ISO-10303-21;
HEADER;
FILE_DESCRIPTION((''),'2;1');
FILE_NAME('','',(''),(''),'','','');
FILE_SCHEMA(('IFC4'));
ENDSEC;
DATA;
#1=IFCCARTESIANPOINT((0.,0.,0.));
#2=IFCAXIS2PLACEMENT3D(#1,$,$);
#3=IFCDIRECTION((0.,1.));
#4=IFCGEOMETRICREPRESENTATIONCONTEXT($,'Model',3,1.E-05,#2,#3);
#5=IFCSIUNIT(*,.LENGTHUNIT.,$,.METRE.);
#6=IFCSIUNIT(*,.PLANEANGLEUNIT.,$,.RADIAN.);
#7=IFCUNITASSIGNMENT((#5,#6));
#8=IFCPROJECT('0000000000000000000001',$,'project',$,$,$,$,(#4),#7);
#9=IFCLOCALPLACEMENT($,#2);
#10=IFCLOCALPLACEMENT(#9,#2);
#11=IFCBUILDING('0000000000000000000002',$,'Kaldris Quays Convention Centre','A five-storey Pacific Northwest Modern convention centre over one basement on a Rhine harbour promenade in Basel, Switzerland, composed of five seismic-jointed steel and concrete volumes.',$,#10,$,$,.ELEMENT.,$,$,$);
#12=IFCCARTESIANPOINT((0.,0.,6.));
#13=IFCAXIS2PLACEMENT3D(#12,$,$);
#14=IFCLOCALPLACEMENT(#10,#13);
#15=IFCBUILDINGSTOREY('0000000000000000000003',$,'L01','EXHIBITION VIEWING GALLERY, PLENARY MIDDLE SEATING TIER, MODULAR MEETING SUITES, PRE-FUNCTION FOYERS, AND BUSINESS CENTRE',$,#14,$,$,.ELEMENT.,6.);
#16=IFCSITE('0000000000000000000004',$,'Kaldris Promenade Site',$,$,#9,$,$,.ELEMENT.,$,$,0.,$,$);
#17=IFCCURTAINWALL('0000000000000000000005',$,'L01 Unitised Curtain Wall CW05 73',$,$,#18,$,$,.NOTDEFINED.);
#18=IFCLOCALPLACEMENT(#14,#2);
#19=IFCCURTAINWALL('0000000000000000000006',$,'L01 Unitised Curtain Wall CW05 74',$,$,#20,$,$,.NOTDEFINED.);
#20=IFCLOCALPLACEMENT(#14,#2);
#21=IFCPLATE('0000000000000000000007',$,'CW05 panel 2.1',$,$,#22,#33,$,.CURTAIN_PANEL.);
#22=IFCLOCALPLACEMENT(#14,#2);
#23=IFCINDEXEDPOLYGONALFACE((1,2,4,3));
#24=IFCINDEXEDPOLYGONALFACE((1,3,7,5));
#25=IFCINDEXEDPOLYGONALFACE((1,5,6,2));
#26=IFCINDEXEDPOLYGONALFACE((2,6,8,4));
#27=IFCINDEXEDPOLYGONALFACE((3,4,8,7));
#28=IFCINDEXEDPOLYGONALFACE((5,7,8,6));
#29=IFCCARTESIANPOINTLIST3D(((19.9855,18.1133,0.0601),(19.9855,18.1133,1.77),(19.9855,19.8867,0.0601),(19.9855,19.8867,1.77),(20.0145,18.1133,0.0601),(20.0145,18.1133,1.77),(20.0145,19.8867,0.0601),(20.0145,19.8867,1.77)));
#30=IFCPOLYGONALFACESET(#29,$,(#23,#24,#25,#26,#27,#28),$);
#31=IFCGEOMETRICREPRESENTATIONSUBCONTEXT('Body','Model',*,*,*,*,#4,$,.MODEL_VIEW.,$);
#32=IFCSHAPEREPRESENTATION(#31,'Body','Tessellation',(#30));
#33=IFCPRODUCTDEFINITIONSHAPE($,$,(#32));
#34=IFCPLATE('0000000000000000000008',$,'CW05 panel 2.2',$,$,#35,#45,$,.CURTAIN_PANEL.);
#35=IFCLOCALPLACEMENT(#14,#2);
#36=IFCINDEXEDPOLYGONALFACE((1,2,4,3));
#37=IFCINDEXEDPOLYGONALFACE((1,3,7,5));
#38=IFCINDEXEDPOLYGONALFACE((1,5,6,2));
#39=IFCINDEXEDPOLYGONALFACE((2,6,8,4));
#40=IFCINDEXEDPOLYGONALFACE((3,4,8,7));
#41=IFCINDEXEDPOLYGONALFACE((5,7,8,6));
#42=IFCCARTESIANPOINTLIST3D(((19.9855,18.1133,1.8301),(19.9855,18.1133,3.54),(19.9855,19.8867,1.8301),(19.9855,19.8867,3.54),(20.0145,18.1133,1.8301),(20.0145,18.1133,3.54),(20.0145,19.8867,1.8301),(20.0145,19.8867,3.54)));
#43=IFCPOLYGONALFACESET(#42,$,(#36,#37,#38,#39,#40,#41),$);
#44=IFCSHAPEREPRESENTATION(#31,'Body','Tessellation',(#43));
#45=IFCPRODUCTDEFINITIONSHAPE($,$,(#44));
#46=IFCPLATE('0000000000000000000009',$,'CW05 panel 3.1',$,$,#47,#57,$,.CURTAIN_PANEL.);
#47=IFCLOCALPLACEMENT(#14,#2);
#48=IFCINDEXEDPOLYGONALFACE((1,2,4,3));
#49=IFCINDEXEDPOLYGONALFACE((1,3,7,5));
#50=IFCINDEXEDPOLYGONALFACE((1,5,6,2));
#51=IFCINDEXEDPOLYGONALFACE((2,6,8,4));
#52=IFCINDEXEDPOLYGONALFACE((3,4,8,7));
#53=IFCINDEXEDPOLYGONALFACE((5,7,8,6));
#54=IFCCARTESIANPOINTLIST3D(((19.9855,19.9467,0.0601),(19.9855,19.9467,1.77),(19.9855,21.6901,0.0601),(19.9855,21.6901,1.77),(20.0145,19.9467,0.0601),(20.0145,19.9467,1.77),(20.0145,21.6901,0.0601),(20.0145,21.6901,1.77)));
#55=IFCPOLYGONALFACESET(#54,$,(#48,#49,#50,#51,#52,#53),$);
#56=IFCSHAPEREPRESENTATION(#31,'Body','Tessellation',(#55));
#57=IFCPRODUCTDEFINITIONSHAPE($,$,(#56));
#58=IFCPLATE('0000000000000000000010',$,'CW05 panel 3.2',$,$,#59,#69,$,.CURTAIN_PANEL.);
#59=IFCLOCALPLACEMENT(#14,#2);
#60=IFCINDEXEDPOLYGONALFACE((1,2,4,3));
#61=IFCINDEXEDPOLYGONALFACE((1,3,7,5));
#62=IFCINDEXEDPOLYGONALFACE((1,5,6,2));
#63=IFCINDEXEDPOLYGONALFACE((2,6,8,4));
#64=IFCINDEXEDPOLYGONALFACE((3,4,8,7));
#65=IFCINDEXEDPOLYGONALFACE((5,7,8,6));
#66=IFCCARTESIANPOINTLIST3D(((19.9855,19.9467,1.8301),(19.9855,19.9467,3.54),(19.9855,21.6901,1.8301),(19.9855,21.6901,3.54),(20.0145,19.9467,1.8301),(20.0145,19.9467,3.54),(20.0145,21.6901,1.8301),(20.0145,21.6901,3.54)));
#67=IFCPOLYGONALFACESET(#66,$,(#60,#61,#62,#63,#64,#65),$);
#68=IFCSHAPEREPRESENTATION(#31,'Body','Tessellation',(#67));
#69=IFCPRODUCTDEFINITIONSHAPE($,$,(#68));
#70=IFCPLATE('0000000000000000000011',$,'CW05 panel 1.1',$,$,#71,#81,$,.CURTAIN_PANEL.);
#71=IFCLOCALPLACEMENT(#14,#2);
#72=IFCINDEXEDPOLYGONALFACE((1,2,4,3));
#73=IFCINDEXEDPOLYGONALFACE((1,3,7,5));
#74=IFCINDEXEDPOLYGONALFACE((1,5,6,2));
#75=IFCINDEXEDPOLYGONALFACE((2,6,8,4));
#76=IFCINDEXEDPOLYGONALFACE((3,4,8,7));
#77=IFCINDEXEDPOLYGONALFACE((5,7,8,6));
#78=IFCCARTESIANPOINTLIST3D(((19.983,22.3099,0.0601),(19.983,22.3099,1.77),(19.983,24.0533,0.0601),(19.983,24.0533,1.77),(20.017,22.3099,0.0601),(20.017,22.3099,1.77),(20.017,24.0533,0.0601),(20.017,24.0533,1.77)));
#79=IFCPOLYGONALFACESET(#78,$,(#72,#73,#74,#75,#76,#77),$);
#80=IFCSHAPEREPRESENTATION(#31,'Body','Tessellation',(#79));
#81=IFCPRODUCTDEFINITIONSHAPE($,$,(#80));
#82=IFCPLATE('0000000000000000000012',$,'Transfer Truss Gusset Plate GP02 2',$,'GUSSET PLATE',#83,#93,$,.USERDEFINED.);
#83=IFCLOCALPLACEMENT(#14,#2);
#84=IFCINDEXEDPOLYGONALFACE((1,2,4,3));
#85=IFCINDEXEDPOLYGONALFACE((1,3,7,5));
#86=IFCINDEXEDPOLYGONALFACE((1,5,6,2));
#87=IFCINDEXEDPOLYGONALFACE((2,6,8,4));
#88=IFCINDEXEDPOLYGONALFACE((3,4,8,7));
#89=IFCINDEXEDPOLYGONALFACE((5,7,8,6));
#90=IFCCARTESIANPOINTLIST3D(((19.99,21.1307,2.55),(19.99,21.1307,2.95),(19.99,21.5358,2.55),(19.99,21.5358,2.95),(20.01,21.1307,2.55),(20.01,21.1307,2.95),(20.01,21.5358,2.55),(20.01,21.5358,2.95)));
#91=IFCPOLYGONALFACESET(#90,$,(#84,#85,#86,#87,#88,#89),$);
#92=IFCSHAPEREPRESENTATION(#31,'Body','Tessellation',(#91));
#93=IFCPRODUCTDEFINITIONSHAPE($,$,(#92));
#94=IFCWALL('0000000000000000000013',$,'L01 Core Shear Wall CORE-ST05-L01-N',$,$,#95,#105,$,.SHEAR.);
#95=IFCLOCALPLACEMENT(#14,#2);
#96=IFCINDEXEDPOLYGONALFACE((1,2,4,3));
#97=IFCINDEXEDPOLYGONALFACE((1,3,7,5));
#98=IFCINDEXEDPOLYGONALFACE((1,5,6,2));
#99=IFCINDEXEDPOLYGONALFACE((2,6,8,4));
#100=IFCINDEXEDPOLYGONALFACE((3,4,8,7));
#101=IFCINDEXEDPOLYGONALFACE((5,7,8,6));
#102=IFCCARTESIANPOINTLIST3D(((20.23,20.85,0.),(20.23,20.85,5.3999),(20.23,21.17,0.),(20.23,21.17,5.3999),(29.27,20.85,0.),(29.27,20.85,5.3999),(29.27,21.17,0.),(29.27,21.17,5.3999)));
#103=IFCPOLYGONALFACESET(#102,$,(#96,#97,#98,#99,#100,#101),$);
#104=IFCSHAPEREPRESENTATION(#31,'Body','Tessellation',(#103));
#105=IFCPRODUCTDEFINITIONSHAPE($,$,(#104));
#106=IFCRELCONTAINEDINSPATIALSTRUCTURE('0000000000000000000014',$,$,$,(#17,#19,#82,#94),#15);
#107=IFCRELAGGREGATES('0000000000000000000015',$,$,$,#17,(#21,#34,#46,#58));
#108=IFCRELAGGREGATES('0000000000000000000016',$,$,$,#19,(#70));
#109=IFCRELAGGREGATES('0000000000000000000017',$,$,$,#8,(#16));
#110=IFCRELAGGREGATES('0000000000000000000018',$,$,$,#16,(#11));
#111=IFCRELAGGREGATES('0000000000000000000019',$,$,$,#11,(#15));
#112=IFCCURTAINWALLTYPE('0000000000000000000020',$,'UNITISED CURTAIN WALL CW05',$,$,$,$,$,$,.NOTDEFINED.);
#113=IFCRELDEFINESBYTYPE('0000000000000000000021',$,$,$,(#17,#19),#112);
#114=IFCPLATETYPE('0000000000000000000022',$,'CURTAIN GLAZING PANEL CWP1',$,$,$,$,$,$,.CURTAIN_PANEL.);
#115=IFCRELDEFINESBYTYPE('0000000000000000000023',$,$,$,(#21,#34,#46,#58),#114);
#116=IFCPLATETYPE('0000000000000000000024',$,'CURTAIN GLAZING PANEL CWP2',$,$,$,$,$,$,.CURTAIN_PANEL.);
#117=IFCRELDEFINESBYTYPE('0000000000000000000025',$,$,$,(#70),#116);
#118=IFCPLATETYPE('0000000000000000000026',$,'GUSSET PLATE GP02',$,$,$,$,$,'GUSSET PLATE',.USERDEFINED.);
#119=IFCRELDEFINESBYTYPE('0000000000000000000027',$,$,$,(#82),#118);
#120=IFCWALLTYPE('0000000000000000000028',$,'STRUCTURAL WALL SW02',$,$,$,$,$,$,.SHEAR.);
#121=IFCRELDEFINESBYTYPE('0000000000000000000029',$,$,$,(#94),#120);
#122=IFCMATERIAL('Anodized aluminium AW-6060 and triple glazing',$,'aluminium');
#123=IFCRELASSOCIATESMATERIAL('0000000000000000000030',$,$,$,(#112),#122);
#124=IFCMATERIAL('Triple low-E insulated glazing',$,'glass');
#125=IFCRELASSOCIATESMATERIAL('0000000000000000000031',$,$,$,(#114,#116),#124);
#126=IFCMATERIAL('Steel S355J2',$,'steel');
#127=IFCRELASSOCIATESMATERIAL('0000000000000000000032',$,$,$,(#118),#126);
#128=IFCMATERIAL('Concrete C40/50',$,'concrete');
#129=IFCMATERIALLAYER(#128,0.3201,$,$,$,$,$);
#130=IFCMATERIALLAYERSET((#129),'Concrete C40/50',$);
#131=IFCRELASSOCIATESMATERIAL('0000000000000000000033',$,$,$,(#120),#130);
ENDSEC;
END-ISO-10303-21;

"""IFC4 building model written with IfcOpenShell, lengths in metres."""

from ifc_helpers import new_model, si_unit, direction, frame, frame_2d, origin, origin_2d, place, context, subcontext, project, spatial, rectangle, extrude, material, layer, layer_set, type_object, element, aggregate, save


model = new_model("IFC4")

# Units and contexts
model_context = context("Model", 3, precision=1e-05, world=origin(), true_north=direction((0.0, 1.0)))
body_context = subcontext(model_context, "Body", "Model", "MODEL_VIEW")
ifc_project = project(units=[si_unit("LENGTHUNIT", "METRE"), si_unit("PLANEANGLEUNIT", "RADIAN")], contexts=[model_context])

# Site, building, storey
site_placement = place(None, origin())
site = spatial("IfcSite", under=ifc_project, at=site_placement, Name="Kaldris Promenade Site", CompositionType="ELEMENT", RefElevation=0.0)
building_placement = place(site_placement, origin())
building = spatial("IfcBuilding", under=site, at=building_placement, Name="Kaldris Quays Convention Centre", Description="A five-storey Pacific Northwest Modern convention centre over one basement on a Rhine harbour promenade in Basel, Switzerland, composed of five seismic-jointed steel and concrete volumes.", CompositionType="ELEMENT")
storey_placement = place(building_placement, frame((0.0, 0.0, 6.0)))
storey = spatial("IfcBuildingStorey", under=building, at=storey_placement, Name="L01", Description="EXHIBITION VIEWING GALLERY, PLENARY MIDDLE SEATING TIER, MODULAR MEETING SUITES, PRE-FUNCTION FOYERS, AND BUSINESS CENTRE", CompositionType="ELEMENT", Elevation=6.0)

# Curtain wall
ifc_material_1 = material(Name="Anodized aluminium AW-6060 and triple glazing", Category="aluminium")
curtain_wall_type = type_object("IfcCurtainWallType", Name="UNITISED CURTAIN WALL CW05", PredefinedType="NOTDEFINED", material=ifc_material_1)
curtain_wall_1_placement = place(storey_placement, origin())
curtain_wall_1 = element("IfcCurtainWall", 1, at=curtain_wall_1_placement, inside=storey, type_object=curtain_wall_type, Name="L01 Unitised Curtain Wall CW05 73", PredefinedType="NOTDEFINED")

# Curtain wall
curtain_wall_2_placement = place(storey_placement, origin())
curtain_wall_2 = element("IfcCurtainWall", 2, at=curtain_wall_2_placement, inside=storey, type_object=curtain_wall_type, Name="L01 Unitised Curtain Wall CW05 74", PredefinedType="NOTDEFINED")

# Shared definitions
ifc_material_2 = material(Name="Steel S355J2", Category="steel")

# Plates
ifc_material_3 = material(Name="Triple low-E insulated glazing", Category="glass")
plate_type_1 = type_object("IfcPlateType", Name="CURTAIN GLAZING PANEL CWP1", PredefinedType="CURTAIN_PANEL", material=ifc_material_3)
plate_1_placement = place(storey_placement, frame((20.0, 19.0, 0.0601), z_axis=(0.0, 0.0, 1.0), x_axis=(0.0, 1.0, 0.0)))
plate_1 = element("IfcPlate", 3, at=plate_1_placement, type_object=plate_type_1, Name="CW05 panel 2.1", PredefinedType="CURTAIN_PANEL", context=body_context, shape_type="SweptSolid", body=[
    extrude(rectangle(XDim=1.7734, YDim=0.0291, at=origin_2d()), origin(), (0.0, 0.0, 1.0), 1.71),
])
plate_2_placement = place(storey_placement, frame((20.0, 19.0, 1.8301), z_axis=(0.0, 0.0, 1.0), x_axis=(0.0, 1.0, 0.0)))
plate_2 = element("IfcPlate", 4, at=plate_2_placement, type_object=plate_type_1, Name="CW05 panel 2.2", PredefinedType="CURTAIN_PANEL", context=body_context, shape_type="SweptSolid", body=[
    extrude(rectangle(XDim=1.7734, YDim=0.0291, at=origin_2d()), origin(), (0.0, 0.0, 1.0), 1.71),
])
plate_3_placement = place(storey_placement, frame((20.0, 20.8184, 0.0601), z_axis=(0.0, 0.0, 1.0), x_axis=(0.0, 1.0, 0.0)))
plate_3 = element("IfcPlate", 5, at=plate_3_placement, type_object=plate_type_1, Name="CW05 panel 3.1", PredefinedType="CURTAIN_PANEL", context=body_context, shape_type="SweptSolid", body=[
    extrude(rectangle(XDim=1.7434, YDim=0.0291, at=origin_2d()), origin(), (0.0, 0.0, 1.0), 1.71),
])
plate_4_placement = place(storey_placement, frame((20.0, 20.8184, 1.8301), z_axis=(0.0, 0.0, 1.0), x_axis=(0.0, 1.0, 0.0)))
plate_4 = element("IfcPlate", 6, at=plate_4_placement, type_object=plate_type_1, Name="CW05 panel 3.2", PredefinedType="CURTAIN_PANEL", context=body_context, shape_type="SweptSolid", body=[
    extrude(rectangle(XDim=1.7434, YDim=0.0291, at=origin_2d()), origin(), (0.0, 0.0, 1.0), 1.71),
])
aggregate(curtain_wall_1, [plate_1, plate_2, plate_3, plate_4])
plate_type_2 = type_object("IfcPlateType", Name="CURTAIN GLAZING PANEL CWP2", PredefinedType="CURTAIN_PANEL", material=ifc_material_3)
plate_5_placement = place(storey_placement, frame((20.0, 23.1816, 0.0601), z_axis=(0.0, 0.0, 1.0), x_axis=(0.0, 1.0, 0.0)))
plate_5 = element("IfcPlate", 7, at=plate_5_placement, type_object=plate_type_2, Name="CW05 panel 1.1", PredefinedType="CURTAIN_PANEL", context=body_context, shape_type="SweptSolid", body=[
    extrude(rectangle(XDim=1.7434, YDim=0.0339, at=origin_2d()), origin(), (0.0, 0.0, 1.0), 1.71),
])
aggregate(curtain_wall_2, [plate_5])
plate_type_3 = type_object("IfcPlateType", Name="GUSSET PLATE GP02", ElementType="GUSSET PLATE", PredefinedType="USERDEFINED", material=ifc_material_2)
plate_6_placement = place(storey_placement, frame((20.0, 21.3333, 2.55), z_axis=(0.0, 0.0, 1.0), x_axis=(1.0, 0.0, 0.0)))
element("IfcPlate", 8, at=plate_6_placement, inside=storey, type_object=plate_type_3, Name="Transfer Truss Gusset Plate GP02 2", ObjectType="GUSSET PLATE", PredefinedType="USERDEFINED", context=body_context, shape_type="SweptSolid", body=[
    extrude(rectangle(XDim=0.02, YDim=0.405, at=origin_2d()), origin(), (0.0, 0.0, 1.0), 0.3999),
])

# Wall
ifc_material_4 = material(Name="Concrete C40/50", Category="concrete")
ifc_layer = layer(ifc_material_4, 0.3201)
ifc_layer_set = layer_set([ifc_layer], Name="Concrete C40/50")
wall_type = type_object("IfcWallType", Name="STRUCTURAL WALL SW02", PredefinedType="SHEAR", material=ifc_layer_set)
wall_placement = place(storey_placement, frame((20.23, 21.01, 0.0), z_axis=(0.0, 0.0, 1.0), x_axis=(1.0, 0.0, 0.0)))
element("IfcWall", 9, at=wall_placement, inside=storey, type_object=wall_type, Name="L01 Core Shear Wall CORE-ST05-L01-N", PredefinedType="SHEAR", context=body_context, shape_type="SweptSolid", body=[
    extrude(rectangle(XDim=9.04, YDim=0.3201, at=frame_2d((4.52, 0.0))), origin(), (0.0, 0.0, 1.0), 5.3999),
])

save(model, "model.ifc")
